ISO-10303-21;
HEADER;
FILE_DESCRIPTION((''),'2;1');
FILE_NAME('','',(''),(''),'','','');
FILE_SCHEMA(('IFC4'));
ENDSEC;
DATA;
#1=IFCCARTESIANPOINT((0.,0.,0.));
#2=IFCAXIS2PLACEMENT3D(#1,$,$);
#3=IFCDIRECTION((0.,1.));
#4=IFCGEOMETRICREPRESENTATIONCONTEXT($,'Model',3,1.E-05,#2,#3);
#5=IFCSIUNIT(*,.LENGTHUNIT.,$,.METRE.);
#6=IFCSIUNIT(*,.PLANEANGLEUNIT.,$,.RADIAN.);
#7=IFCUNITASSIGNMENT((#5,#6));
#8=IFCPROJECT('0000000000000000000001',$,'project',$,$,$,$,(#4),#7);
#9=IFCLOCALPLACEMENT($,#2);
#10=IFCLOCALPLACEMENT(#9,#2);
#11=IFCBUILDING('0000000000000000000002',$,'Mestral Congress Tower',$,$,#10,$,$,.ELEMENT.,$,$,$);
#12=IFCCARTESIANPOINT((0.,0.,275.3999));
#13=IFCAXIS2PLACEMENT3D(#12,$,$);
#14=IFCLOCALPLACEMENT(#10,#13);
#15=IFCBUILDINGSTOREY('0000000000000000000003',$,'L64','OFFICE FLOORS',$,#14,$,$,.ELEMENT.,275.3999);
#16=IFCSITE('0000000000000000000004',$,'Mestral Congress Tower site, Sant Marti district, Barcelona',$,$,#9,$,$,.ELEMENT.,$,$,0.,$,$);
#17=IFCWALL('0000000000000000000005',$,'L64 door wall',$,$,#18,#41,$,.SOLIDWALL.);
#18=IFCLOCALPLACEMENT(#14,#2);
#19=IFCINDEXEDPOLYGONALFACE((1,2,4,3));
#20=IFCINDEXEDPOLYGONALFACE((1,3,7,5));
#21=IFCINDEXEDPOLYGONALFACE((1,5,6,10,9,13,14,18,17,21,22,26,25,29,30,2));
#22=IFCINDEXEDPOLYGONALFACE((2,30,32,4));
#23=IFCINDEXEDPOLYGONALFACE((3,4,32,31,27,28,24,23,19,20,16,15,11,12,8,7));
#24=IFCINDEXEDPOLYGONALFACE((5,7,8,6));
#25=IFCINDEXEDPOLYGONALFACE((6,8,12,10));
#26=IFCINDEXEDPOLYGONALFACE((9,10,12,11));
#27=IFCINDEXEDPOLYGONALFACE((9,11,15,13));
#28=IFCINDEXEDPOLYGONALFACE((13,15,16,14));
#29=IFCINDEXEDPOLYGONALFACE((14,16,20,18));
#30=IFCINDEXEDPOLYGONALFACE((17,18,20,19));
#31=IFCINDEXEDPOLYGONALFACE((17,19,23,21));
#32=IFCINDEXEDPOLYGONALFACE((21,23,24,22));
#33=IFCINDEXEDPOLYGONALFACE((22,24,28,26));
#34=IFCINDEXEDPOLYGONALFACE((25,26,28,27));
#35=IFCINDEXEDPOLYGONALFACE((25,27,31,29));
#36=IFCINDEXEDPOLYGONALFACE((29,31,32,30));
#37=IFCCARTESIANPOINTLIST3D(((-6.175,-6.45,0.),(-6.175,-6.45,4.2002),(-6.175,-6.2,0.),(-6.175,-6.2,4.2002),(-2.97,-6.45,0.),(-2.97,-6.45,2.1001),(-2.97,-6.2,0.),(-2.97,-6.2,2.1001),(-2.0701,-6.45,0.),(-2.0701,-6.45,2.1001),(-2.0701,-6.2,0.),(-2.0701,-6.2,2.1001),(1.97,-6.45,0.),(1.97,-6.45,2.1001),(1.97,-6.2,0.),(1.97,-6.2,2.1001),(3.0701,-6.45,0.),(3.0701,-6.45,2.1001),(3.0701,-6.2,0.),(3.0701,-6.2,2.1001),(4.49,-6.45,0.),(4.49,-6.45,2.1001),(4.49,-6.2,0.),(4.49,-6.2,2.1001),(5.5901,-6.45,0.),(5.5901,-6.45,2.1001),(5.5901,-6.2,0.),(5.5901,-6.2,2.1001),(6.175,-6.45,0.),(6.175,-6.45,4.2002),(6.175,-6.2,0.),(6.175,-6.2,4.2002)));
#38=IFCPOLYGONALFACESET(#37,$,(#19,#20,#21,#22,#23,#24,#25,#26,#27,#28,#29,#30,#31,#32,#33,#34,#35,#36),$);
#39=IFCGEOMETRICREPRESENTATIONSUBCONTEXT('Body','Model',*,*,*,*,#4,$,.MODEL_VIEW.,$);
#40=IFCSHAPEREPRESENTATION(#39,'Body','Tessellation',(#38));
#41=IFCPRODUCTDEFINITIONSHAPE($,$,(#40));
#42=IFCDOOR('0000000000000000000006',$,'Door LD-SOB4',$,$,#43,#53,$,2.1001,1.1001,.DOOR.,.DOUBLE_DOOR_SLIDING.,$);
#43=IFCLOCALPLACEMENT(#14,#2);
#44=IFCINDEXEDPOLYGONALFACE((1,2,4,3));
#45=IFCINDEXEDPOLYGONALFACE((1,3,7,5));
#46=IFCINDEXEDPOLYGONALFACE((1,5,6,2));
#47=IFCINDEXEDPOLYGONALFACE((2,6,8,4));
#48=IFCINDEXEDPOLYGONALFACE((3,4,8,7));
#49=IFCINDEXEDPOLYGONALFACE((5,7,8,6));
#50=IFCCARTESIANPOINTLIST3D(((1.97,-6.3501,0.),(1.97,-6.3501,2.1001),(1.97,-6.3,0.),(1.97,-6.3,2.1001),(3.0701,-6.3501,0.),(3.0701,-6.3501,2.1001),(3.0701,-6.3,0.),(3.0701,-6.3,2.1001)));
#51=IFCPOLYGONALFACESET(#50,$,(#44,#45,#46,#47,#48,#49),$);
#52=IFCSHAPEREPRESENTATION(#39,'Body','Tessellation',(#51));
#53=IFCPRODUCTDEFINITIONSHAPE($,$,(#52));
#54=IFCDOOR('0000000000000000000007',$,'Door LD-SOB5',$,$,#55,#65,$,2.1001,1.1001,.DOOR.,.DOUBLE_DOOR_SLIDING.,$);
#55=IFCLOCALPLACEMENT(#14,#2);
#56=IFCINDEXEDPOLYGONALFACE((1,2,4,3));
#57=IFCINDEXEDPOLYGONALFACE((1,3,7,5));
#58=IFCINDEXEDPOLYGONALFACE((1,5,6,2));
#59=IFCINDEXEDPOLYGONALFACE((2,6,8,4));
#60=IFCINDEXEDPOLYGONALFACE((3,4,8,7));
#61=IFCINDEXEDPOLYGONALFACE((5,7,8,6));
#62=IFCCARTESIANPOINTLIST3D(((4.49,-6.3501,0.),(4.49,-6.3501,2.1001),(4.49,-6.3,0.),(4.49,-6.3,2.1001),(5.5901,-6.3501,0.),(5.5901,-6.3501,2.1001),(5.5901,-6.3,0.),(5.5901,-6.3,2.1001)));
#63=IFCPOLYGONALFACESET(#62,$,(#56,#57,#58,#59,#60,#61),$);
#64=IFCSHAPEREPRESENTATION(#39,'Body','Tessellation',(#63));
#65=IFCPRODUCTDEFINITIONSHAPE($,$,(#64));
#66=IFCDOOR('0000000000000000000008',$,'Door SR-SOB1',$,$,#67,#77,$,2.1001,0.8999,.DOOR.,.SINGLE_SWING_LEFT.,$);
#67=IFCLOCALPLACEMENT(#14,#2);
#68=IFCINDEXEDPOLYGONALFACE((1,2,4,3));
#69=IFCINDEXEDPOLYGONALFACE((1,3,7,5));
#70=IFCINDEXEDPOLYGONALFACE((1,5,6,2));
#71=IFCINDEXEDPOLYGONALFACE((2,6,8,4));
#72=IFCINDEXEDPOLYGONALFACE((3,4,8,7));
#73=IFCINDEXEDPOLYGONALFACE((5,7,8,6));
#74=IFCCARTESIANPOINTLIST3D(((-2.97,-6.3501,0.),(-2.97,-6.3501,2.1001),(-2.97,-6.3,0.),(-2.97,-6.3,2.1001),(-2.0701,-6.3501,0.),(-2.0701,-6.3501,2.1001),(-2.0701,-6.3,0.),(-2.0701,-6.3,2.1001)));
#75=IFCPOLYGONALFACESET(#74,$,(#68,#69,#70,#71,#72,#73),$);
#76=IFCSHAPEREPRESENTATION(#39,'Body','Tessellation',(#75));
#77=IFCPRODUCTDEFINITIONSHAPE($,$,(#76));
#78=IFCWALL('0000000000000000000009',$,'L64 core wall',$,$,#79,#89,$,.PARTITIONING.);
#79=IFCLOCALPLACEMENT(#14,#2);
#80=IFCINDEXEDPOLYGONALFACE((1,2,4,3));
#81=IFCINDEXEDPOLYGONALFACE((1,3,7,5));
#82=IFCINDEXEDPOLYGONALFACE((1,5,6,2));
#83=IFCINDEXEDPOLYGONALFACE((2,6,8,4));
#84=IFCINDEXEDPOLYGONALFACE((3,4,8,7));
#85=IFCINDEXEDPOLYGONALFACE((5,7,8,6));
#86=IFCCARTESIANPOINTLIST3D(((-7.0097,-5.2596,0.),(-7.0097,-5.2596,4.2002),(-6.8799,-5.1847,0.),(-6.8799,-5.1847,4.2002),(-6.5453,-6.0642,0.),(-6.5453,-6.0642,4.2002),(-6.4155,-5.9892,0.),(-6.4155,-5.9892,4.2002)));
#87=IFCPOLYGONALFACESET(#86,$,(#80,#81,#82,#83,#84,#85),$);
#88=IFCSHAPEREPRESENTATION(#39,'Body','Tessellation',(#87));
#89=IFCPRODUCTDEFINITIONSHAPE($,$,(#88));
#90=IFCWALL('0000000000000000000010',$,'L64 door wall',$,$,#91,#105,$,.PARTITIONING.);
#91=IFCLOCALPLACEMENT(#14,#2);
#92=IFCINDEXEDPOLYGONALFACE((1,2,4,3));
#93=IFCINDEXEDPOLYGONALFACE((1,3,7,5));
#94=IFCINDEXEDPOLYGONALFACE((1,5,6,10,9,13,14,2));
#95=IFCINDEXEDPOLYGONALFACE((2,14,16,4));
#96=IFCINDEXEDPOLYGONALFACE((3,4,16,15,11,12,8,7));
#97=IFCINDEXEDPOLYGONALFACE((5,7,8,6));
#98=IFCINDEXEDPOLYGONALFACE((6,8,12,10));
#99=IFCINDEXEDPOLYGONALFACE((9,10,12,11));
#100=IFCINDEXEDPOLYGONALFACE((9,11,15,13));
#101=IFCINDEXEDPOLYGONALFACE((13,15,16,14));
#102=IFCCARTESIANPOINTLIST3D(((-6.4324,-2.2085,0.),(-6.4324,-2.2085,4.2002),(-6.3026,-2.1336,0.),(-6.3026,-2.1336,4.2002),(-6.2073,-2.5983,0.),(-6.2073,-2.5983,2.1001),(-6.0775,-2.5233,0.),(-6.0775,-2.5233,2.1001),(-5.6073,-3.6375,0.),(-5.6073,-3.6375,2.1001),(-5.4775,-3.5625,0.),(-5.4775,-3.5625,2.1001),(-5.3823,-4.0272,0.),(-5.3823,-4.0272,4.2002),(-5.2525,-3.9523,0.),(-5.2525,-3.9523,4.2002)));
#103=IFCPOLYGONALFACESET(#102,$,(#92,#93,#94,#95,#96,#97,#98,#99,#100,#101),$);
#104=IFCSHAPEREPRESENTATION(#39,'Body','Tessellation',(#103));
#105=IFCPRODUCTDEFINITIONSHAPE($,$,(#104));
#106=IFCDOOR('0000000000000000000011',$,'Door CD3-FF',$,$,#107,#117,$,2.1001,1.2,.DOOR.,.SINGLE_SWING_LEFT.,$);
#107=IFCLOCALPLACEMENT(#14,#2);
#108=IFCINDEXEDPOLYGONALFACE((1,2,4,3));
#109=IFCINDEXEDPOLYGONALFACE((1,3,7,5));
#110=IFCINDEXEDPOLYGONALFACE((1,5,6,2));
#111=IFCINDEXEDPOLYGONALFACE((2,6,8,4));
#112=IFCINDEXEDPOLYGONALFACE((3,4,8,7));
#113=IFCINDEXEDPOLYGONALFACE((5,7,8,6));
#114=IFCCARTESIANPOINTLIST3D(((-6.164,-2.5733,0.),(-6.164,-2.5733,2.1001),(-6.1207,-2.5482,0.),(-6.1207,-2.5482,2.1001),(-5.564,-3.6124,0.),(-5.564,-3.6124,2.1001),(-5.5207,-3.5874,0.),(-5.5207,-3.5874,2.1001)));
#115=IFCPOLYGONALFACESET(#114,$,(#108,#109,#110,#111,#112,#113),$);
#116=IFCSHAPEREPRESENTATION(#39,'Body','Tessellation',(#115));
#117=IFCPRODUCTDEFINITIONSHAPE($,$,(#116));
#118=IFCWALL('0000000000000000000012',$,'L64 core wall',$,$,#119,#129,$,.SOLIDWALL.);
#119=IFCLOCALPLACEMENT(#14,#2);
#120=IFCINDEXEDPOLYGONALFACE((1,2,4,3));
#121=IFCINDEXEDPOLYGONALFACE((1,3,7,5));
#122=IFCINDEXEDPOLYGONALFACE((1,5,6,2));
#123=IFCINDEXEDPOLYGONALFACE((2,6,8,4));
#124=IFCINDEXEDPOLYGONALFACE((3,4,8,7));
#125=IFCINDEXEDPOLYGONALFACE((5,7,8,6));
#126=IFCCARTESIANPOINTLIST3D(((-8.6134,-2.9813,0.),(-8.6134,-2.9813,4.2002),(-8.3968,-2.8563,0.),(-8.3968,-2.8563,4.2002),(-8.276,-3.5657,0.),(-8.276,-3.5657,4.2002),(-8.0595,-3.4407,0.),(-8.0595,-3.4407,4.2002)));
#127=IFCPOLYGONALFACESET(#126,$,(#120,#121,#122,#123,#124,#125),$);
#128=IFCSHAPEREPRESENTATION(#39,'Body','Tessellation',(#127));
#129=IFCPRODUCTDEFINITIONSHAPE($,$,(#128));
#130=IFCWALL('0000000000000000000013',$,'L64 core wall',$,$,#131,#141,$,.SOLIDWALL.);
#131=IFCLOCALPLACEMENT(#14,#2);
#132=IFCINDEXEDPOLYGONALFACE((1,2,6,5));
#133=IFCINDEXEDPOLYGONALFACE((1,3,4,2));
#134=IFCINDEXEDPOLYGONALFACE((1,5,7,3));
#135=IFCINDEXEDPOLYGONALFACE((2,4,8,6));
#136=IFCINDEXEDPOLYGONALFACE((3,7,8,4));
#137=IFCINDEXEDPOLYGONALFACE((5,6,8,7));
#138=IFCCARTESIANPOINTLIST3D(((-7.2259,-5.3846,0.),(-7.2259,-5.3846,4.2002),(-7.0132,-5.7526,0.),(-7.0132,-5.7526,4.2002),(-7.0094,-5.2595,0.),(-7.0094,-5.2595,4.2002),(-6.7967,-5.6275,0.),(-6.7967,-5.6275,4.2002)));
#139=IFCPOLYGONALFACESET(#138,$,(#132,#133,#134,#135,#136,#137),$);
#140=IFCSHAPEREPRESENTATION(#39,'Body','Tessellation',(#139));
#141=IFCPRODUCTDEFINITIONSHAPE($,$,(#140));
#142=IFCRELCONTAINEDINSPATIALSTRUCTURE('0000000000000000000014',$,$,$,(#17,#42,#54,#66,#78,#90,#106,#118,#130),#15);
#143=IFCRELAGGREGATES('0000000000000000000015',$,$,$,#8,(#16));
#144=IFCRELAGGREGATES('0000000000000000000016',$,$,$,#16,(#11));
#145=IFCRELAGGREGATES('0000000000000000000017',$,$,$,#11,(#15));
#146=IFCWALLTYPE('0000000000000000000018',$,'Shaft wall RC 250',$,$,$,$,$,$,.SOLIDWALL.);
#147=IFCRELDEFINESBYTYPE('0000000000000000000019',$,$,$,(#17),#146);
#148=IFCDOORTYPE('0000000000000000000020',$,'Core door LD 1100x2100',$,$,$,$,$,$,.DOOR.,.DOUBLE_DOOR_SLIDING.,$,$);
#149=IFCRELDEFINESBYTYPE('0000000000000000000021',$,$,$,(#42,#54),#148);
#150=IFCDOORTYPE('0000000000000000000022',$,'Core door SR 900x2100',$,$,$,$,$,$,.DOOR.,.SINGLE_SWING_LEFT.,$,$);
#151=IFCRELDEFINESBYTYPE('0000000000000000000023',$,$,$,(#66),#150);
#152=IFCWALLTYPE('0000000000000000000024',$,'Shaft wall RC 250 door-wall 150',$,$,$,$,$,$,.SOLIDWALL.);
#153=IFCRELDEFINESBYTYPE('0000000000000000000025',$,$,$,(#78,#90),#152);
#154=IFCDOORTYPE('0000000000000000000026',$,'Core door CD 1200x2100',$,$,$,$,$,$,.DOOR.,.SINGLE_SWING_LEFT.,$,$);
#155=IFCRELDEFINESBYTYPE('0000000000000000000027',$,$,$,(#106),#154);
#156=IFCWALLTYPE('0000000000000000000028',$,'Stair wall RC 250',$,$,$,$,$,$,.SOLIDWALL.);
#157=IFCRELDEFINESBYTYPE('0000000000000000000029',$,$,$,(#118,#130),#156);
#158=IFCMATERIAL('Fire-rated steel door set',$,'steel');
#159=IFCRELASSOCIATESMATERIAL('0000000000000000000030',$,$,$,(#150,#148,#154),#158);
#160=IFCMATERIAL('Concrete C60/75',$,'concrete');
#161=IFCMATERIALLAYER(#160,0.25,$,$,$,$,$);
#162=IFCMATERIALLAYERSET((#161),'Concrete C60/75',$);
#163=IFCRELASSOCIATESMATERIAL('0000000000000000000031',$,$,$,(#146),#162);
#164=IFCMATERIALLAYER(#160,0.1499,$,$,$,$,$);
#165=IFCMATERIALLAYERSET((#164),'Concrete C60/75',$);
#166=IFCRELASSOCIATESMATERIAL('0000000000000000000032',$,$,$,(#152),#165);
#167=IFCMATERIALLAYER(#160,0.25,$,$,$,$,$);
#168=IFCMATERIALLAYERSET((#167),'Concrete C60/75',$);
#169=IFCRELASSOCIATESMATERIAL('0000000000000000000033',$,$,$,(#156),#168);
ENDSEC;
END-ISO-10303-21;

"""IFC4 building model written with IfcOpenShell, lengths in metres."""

from ifc_helpers import new_model, si_unit, direction, frame, frame_2d, origin, place, context, subcontext, project, spatial, rectangle, extrude, material, layer, layer_set, type_object, element, fill, save


model = new_model("IFC4")

# Units and contexts
model_context = context("Model", 3, precision=1e-05, world=origin(), true_north=direction((0.0, 1.0)))
body_context = subcontext(model_context, "Body", "Model", "MODEL_VIEW")
ifc_project = project(units=[si_unit("LENGTHUNIT", "METRE"), si_unit("PLANEANGLEUNIT", "RADIAN")], contexts=[model_context])

# Site, building, storey
site_placement = place(None, origin())
site = spatial("IfcSite", under=ifc_project, at=site_placement, Name="Mestral Congress Tower site, Sant Marti district, Barcelona", CompositionType="ELEMENT", RefElevation=0.0)
building_placement = place(site_placement, origin())
building = spatial("IfcBuilding", under=site, at=building_placement, Name="Mestral Congress Tower", CompositionType="ELEMENT")
storey_placement = place(building_placement, frame((0.0, 0.0, 275.3999)))
storey = spatial("IfcBuildingStorey", under=building, at=storey_placement, Name="L64", Description="OFFICE FLOORS", CompositionType="ELEMENT", Elevation=275.3999)

# Shared definitions
ifc_material_1 = material(Name="Fire-rated steel door set", Category="steel")
door_type_1 = type_object("IfcDoorType", Name="Core door SR 900x2100", OperationType="SINGLE_SWING_LEFT", PredefinedType="DOOR", material=ifc_material_1)

# Shared definitions
ifc_material_2 = material(Name="Concrete C60/75", Category="concrete")
ifc_layer_1 = layer(ifc_material_2, 0.25)
ifc_layer_set_1 = layer_set([ifc_layer_1], Name="Concrete C60/75")
wall_type_1 = type_object("IfcWallType", Name="Shaft wall RC 250", PredefinedType="SOLIDWALL", material=ifc_layer_set_1)

# Wall, openings, doors
wall_1_placement = place(storey_placement, frame((-6.175, -6.325, 0.0), z_axis=(0.0, 0.0, 1.0), x_axis=(1.0, 0.0, 0.0)))
wall_1 = element("IfcWall", 1, at=wall_1_placement, inside=storey, type_object=wall_type_1, Name="L64 door wall", PredefinedType="SOLIDWALL", context=body_context, shape_type="SweptSolid", body=[
    extrude(rectangle(XDim=12.3501, YDim=0.25, at=frame_2d((6.175, 0.0))), origin(), (0.0, 0.0, 1.0), 4.2002),
])
opening_1_placement = place(wall_1_placement, frame((3.2051, 0.0, 0.0)))
opening_1 = element("IfcOpeningElement", 2, at=opening_1_placement, cuts=wall_1, PredefinedType="OPENING", context=body_context, shape_type="SweptSolid", body=[
    extrude(rectangle(XDim=0.8999, YDim=2.1001, at=frame_2d((0.45, 1.05))), frame((0.0, 0.135, 0.0), z_axis=(0.0, -1.0, 0.0), x_axis=(1.0, 0.0, 0.0)), (0.0, 0.0, 1.0), 0.27),
])
opening_2_placement = place(wall_1_placement, frame((8.145, 0.0, 0.0)))
opening_2 = element("IfcOpeningElement", 3, at=opening_2_placement, cuts=wall_1, PredefinedType="OPENING", context=body_context, shape_type="SweptSolid", body=[
    extrude(rectangle(XDim=1.1001, YDim=2.1001, at=frame_2d((0.55, 1.05))), frame((0.0, 0.135, 0.0), z_axis=(0.0, -1.0, 0.0), x_axis=(1.0, 0.0, 0.0)), (0.0, 0.0, 1.0), 0.27),
])
opening_3_placement = place(wall_1_placement, frame((10.665, 0.0, 0.0)))
opening_3 = element("IfcOpeningElement", 4, at=opening_3_placement, cuts=wall_1, PredefinedType="OPENING", context=body_context, shape_type="SweptSolid", body=[
    extrude(rectangle(XDim=1.1001, YDim=2.1001, at=frame_2d((0.55, 1.05))), frame((0.0, 0.135, 0.0), z_axis=(0.0, -1.0, 0.0), x_axis=(1.0, 0.0, 0.0)), (0.0, 0.0, 1.0), 0.27),
])
door_type_2 = type_object("IfcDoorType", Name="Core door LD 1100x2100", OperationType="DOUBLE_DOOR_SLIDING", PredefinedType="DOOR", material=ifc_material_1)
door_1_placement = place(opening_2_placement, origin())
door_1 = element("IfcDoor", 5, at=door_1_placement, inside=storey, type_object=door_type_2, Name="Door LD-SOB4", OperationType="DOUBLE_DOOR_SLIDING", OverallHeight=2.1001, OverallWidth=1.1001, PredefinedType="DOOR", context=body_context, shape_type="SweptSolid", body=[
    extrude(rectangle(XDim=1.1001, YDim=2.1001, at=frame_2d((0.55, 1.05))), frame((0.0, 0.0249, 0.0), z_axis=(0.0, -1.0, 0.0), x_axis=(1.0, 0.0, 0.0)), (0.0, 0.0, 1.0), 0.05),
])
fill(opening_2, door_1)
door_2_placement = place(opening_3_placement, origin())
door_2 = element("IfcDoor", 6, at=door_2_placement, inside=storey, type_object=door_type_2, Name="Door LD-SOB5", OperationType="DOUBLE_DOOR_SLIDING", OverallHeight=2.1001, OverallWidth=1.1001, PredefinedType="DOOR", context=body_context, shape_type="SweptSolid", body=[
    extrude(rectangle(XDim=1.1001, YDim=2.1001, at=frame_2d((0.55, 1.05))), frame((0.0, 0.0249, 0.0), z_axis=(0.0, -1.0, 0.0), x_axis=(1.0, 0.0, 0.0)), (0.0, 0.0, 1.0), 0.05),
])
fill(opening_3, door_2)
door_3_placement = place(opening_1_placement, origin())
door_3 = element("IfcDoor", 7, at=door_3_placement, inside=storey, type_object=door_type_1, Name="Door SR-SOB1", OperationType="SINGLE_SWING_LEFT", OverallHeight=2.1001, OverallWidth=0.8999, PredefinedType="DOOR", context=body_context, shape_type="SweptSolid", body=[
    extrude(rectangle(XDim=0.8999, YDim=2.1001, at=frame_2d((0.45, 1.05))), frame((0.0, 0.0249, 0.0), z_axis=(0.0, -1.0, 0.0), x_axis=(1.0, 0.0, 0.0)), (0.0, 0.0, 1.0), 0.05),
])
fill(opening_1, door_3)

# Wall
ifc_layer_2 = layer(ifc_material_2, 0.1499)
ifc_layer_set_2 = layer_set([ifc_layer_2], Name="Concrete C60/75")
wall_type_2 = type_object("IfcWallType", Name="Shaft wall RC 250 door-wall 150", PredefinedType="SOLIDWALL", material=ifc_layer_set_2)
wall_2_placement = place(storey_placement, frame((-6.4805, -6.0266, 0.0), z_axis=(0.0, 0.0, 1.0), x_axis=(-0.499927, 0.866067, 0.0)))
element("IfcWall", 8, at=wall_2_placement, inside=storey, type_object=wall_type_2, Name="L64 core wall", PredefinedType="PARTITIONING", context=body_context, shape_type="SweptSolid", body=[
    extrude(rectangle(XDim=0.929, YDim=0.1499, at=frame_2d((0.4644, 0.0))), origin(), (0.0, 0.0, 1.0), 4.2002),
])

# Wall, opening, door
wall_3_placement = place(storey_placement, frame((-5.3174, -3.9897, 0.0), z_axis=(0.0, 0.0, 1.0), x_axis=(-0.500028, 0.866009, 0.0)))
wall_3 = element("IfcWall", 9, at=wall_3_placement, inside=storey, type_object=wall_type_2, Name="L64 door wall", PredefinedType="PARTITIONING", context=body_context, shape_type="SweptSolid", body=[
    extrude(rectangle(XDim=2.1001, YDim=0.1499, at=frame_2d((1.05, 0.0))), origin(), (0.0, 0.0, 1.0), 4.2002),
])
opening_4_placement = place(wall_3_placement, frame((0.45, 0.0, 0.0)))
opening_4 = element("IfcOpeningElement", 10, at=opening_4_placement, cuts=wall_3, PredefinedType="OPENING", context=body_context, shape_type="SweptSolid", body=[
    extrude(rectangle(XDim=1.2, YDim=2.1001, at=frame_2d((0.6001, 1.05))), frame((0.0, 0.085, 0.0), z_axis=(0.0, -1.0, 0.0), x_axis=(1.0, 0.0, 0.0)), (0.0, 0.0, 1.0), 0.1699),
])
door_type_3 = type_object("IfcDoorType", Name="Core door CD 1200x2100", OperationType="SINGLE_SWING_LEFT", PredefinedType="DOOR", material=ifc_material_1)
door_4_placement = place(opening_4_placement, origin())
door_4 = element("IfcDoor", 11, at=door_4_placement, inside=storey, type_object=door_type_3, Name="Door CD3-FF", OperationType="SINGLE_SWING_LEFT", OverallHeight=2.1001, OverallWidth=1.2, PredefinedType="DOOR", context=body_context, shape_type="SweptSolid", body=[
    extrude(rectangle(XDim=1.2, YDim=2.1001, at=frame_2d((0.6001, 1.05))), frame((0.0, 0.0249, 0.0), z_axis=(0.0, -1.0, 0.0), x_axis=(1.0, 0.0, 0.0)), (0.0, 0.0, 1.0), 0.05),
])
fill(opening_4, door_4)

# Walls
ifc_layer_3 = layer(ifc_material_2, 0.25)
ifc_layer_set_3 = layer_set([ifc_layer_3], Name="Concrete C60/75")
wall_type_3 = type_object("IfcWallType", Name="Stair wall RC 250", PredefinedType="SOLIDWALL", material=ifc_layer_set_3)
wall_4_placement = place(storey_placement, frame((-8.1677, -3.5032, 0.0), z_axis=(0.0, 0.0, 1.0), x_axis=(-0.499952, 0.866053, 0.0)))
element("IfcWall", 12, at=wall_4_placement, inside=storey, type_object=wall_type_3, Name="L64 core wall", PredefinedType="SOLIDWALL", context=body_context, shape_type="SweptSolid", body=[
    extrude(rectangle(XDim=0.6748, YDim=0.25, at=frame_2d((0.3374, 0.0))), origin(), (0.0, 0.0, 1.0), 4.2002),
])
wall_5_placement = place(storey_placement, frame((-6.905, -5.6899, 0.0), z_axis=(0.0, 0.0, 1.0), x_axis=(-0.500402, 0.865793, 0.0)))
element("IfcWall", 13, at=wall_5_placement, inside=storey, type_object=wall_type_3, Name="L64 core wall", PredefinedType="SOLIDWALL", context=body_context, shape_type="SweptSolid", body=[
    extrude(rectangle(XDim=0.425, YDim=0.25, at=frame_2d((0.2124, 0.0))), origin(), (0.0, 0.0, 1.0), 4.2002),
])

save(model, "model.ifc")
